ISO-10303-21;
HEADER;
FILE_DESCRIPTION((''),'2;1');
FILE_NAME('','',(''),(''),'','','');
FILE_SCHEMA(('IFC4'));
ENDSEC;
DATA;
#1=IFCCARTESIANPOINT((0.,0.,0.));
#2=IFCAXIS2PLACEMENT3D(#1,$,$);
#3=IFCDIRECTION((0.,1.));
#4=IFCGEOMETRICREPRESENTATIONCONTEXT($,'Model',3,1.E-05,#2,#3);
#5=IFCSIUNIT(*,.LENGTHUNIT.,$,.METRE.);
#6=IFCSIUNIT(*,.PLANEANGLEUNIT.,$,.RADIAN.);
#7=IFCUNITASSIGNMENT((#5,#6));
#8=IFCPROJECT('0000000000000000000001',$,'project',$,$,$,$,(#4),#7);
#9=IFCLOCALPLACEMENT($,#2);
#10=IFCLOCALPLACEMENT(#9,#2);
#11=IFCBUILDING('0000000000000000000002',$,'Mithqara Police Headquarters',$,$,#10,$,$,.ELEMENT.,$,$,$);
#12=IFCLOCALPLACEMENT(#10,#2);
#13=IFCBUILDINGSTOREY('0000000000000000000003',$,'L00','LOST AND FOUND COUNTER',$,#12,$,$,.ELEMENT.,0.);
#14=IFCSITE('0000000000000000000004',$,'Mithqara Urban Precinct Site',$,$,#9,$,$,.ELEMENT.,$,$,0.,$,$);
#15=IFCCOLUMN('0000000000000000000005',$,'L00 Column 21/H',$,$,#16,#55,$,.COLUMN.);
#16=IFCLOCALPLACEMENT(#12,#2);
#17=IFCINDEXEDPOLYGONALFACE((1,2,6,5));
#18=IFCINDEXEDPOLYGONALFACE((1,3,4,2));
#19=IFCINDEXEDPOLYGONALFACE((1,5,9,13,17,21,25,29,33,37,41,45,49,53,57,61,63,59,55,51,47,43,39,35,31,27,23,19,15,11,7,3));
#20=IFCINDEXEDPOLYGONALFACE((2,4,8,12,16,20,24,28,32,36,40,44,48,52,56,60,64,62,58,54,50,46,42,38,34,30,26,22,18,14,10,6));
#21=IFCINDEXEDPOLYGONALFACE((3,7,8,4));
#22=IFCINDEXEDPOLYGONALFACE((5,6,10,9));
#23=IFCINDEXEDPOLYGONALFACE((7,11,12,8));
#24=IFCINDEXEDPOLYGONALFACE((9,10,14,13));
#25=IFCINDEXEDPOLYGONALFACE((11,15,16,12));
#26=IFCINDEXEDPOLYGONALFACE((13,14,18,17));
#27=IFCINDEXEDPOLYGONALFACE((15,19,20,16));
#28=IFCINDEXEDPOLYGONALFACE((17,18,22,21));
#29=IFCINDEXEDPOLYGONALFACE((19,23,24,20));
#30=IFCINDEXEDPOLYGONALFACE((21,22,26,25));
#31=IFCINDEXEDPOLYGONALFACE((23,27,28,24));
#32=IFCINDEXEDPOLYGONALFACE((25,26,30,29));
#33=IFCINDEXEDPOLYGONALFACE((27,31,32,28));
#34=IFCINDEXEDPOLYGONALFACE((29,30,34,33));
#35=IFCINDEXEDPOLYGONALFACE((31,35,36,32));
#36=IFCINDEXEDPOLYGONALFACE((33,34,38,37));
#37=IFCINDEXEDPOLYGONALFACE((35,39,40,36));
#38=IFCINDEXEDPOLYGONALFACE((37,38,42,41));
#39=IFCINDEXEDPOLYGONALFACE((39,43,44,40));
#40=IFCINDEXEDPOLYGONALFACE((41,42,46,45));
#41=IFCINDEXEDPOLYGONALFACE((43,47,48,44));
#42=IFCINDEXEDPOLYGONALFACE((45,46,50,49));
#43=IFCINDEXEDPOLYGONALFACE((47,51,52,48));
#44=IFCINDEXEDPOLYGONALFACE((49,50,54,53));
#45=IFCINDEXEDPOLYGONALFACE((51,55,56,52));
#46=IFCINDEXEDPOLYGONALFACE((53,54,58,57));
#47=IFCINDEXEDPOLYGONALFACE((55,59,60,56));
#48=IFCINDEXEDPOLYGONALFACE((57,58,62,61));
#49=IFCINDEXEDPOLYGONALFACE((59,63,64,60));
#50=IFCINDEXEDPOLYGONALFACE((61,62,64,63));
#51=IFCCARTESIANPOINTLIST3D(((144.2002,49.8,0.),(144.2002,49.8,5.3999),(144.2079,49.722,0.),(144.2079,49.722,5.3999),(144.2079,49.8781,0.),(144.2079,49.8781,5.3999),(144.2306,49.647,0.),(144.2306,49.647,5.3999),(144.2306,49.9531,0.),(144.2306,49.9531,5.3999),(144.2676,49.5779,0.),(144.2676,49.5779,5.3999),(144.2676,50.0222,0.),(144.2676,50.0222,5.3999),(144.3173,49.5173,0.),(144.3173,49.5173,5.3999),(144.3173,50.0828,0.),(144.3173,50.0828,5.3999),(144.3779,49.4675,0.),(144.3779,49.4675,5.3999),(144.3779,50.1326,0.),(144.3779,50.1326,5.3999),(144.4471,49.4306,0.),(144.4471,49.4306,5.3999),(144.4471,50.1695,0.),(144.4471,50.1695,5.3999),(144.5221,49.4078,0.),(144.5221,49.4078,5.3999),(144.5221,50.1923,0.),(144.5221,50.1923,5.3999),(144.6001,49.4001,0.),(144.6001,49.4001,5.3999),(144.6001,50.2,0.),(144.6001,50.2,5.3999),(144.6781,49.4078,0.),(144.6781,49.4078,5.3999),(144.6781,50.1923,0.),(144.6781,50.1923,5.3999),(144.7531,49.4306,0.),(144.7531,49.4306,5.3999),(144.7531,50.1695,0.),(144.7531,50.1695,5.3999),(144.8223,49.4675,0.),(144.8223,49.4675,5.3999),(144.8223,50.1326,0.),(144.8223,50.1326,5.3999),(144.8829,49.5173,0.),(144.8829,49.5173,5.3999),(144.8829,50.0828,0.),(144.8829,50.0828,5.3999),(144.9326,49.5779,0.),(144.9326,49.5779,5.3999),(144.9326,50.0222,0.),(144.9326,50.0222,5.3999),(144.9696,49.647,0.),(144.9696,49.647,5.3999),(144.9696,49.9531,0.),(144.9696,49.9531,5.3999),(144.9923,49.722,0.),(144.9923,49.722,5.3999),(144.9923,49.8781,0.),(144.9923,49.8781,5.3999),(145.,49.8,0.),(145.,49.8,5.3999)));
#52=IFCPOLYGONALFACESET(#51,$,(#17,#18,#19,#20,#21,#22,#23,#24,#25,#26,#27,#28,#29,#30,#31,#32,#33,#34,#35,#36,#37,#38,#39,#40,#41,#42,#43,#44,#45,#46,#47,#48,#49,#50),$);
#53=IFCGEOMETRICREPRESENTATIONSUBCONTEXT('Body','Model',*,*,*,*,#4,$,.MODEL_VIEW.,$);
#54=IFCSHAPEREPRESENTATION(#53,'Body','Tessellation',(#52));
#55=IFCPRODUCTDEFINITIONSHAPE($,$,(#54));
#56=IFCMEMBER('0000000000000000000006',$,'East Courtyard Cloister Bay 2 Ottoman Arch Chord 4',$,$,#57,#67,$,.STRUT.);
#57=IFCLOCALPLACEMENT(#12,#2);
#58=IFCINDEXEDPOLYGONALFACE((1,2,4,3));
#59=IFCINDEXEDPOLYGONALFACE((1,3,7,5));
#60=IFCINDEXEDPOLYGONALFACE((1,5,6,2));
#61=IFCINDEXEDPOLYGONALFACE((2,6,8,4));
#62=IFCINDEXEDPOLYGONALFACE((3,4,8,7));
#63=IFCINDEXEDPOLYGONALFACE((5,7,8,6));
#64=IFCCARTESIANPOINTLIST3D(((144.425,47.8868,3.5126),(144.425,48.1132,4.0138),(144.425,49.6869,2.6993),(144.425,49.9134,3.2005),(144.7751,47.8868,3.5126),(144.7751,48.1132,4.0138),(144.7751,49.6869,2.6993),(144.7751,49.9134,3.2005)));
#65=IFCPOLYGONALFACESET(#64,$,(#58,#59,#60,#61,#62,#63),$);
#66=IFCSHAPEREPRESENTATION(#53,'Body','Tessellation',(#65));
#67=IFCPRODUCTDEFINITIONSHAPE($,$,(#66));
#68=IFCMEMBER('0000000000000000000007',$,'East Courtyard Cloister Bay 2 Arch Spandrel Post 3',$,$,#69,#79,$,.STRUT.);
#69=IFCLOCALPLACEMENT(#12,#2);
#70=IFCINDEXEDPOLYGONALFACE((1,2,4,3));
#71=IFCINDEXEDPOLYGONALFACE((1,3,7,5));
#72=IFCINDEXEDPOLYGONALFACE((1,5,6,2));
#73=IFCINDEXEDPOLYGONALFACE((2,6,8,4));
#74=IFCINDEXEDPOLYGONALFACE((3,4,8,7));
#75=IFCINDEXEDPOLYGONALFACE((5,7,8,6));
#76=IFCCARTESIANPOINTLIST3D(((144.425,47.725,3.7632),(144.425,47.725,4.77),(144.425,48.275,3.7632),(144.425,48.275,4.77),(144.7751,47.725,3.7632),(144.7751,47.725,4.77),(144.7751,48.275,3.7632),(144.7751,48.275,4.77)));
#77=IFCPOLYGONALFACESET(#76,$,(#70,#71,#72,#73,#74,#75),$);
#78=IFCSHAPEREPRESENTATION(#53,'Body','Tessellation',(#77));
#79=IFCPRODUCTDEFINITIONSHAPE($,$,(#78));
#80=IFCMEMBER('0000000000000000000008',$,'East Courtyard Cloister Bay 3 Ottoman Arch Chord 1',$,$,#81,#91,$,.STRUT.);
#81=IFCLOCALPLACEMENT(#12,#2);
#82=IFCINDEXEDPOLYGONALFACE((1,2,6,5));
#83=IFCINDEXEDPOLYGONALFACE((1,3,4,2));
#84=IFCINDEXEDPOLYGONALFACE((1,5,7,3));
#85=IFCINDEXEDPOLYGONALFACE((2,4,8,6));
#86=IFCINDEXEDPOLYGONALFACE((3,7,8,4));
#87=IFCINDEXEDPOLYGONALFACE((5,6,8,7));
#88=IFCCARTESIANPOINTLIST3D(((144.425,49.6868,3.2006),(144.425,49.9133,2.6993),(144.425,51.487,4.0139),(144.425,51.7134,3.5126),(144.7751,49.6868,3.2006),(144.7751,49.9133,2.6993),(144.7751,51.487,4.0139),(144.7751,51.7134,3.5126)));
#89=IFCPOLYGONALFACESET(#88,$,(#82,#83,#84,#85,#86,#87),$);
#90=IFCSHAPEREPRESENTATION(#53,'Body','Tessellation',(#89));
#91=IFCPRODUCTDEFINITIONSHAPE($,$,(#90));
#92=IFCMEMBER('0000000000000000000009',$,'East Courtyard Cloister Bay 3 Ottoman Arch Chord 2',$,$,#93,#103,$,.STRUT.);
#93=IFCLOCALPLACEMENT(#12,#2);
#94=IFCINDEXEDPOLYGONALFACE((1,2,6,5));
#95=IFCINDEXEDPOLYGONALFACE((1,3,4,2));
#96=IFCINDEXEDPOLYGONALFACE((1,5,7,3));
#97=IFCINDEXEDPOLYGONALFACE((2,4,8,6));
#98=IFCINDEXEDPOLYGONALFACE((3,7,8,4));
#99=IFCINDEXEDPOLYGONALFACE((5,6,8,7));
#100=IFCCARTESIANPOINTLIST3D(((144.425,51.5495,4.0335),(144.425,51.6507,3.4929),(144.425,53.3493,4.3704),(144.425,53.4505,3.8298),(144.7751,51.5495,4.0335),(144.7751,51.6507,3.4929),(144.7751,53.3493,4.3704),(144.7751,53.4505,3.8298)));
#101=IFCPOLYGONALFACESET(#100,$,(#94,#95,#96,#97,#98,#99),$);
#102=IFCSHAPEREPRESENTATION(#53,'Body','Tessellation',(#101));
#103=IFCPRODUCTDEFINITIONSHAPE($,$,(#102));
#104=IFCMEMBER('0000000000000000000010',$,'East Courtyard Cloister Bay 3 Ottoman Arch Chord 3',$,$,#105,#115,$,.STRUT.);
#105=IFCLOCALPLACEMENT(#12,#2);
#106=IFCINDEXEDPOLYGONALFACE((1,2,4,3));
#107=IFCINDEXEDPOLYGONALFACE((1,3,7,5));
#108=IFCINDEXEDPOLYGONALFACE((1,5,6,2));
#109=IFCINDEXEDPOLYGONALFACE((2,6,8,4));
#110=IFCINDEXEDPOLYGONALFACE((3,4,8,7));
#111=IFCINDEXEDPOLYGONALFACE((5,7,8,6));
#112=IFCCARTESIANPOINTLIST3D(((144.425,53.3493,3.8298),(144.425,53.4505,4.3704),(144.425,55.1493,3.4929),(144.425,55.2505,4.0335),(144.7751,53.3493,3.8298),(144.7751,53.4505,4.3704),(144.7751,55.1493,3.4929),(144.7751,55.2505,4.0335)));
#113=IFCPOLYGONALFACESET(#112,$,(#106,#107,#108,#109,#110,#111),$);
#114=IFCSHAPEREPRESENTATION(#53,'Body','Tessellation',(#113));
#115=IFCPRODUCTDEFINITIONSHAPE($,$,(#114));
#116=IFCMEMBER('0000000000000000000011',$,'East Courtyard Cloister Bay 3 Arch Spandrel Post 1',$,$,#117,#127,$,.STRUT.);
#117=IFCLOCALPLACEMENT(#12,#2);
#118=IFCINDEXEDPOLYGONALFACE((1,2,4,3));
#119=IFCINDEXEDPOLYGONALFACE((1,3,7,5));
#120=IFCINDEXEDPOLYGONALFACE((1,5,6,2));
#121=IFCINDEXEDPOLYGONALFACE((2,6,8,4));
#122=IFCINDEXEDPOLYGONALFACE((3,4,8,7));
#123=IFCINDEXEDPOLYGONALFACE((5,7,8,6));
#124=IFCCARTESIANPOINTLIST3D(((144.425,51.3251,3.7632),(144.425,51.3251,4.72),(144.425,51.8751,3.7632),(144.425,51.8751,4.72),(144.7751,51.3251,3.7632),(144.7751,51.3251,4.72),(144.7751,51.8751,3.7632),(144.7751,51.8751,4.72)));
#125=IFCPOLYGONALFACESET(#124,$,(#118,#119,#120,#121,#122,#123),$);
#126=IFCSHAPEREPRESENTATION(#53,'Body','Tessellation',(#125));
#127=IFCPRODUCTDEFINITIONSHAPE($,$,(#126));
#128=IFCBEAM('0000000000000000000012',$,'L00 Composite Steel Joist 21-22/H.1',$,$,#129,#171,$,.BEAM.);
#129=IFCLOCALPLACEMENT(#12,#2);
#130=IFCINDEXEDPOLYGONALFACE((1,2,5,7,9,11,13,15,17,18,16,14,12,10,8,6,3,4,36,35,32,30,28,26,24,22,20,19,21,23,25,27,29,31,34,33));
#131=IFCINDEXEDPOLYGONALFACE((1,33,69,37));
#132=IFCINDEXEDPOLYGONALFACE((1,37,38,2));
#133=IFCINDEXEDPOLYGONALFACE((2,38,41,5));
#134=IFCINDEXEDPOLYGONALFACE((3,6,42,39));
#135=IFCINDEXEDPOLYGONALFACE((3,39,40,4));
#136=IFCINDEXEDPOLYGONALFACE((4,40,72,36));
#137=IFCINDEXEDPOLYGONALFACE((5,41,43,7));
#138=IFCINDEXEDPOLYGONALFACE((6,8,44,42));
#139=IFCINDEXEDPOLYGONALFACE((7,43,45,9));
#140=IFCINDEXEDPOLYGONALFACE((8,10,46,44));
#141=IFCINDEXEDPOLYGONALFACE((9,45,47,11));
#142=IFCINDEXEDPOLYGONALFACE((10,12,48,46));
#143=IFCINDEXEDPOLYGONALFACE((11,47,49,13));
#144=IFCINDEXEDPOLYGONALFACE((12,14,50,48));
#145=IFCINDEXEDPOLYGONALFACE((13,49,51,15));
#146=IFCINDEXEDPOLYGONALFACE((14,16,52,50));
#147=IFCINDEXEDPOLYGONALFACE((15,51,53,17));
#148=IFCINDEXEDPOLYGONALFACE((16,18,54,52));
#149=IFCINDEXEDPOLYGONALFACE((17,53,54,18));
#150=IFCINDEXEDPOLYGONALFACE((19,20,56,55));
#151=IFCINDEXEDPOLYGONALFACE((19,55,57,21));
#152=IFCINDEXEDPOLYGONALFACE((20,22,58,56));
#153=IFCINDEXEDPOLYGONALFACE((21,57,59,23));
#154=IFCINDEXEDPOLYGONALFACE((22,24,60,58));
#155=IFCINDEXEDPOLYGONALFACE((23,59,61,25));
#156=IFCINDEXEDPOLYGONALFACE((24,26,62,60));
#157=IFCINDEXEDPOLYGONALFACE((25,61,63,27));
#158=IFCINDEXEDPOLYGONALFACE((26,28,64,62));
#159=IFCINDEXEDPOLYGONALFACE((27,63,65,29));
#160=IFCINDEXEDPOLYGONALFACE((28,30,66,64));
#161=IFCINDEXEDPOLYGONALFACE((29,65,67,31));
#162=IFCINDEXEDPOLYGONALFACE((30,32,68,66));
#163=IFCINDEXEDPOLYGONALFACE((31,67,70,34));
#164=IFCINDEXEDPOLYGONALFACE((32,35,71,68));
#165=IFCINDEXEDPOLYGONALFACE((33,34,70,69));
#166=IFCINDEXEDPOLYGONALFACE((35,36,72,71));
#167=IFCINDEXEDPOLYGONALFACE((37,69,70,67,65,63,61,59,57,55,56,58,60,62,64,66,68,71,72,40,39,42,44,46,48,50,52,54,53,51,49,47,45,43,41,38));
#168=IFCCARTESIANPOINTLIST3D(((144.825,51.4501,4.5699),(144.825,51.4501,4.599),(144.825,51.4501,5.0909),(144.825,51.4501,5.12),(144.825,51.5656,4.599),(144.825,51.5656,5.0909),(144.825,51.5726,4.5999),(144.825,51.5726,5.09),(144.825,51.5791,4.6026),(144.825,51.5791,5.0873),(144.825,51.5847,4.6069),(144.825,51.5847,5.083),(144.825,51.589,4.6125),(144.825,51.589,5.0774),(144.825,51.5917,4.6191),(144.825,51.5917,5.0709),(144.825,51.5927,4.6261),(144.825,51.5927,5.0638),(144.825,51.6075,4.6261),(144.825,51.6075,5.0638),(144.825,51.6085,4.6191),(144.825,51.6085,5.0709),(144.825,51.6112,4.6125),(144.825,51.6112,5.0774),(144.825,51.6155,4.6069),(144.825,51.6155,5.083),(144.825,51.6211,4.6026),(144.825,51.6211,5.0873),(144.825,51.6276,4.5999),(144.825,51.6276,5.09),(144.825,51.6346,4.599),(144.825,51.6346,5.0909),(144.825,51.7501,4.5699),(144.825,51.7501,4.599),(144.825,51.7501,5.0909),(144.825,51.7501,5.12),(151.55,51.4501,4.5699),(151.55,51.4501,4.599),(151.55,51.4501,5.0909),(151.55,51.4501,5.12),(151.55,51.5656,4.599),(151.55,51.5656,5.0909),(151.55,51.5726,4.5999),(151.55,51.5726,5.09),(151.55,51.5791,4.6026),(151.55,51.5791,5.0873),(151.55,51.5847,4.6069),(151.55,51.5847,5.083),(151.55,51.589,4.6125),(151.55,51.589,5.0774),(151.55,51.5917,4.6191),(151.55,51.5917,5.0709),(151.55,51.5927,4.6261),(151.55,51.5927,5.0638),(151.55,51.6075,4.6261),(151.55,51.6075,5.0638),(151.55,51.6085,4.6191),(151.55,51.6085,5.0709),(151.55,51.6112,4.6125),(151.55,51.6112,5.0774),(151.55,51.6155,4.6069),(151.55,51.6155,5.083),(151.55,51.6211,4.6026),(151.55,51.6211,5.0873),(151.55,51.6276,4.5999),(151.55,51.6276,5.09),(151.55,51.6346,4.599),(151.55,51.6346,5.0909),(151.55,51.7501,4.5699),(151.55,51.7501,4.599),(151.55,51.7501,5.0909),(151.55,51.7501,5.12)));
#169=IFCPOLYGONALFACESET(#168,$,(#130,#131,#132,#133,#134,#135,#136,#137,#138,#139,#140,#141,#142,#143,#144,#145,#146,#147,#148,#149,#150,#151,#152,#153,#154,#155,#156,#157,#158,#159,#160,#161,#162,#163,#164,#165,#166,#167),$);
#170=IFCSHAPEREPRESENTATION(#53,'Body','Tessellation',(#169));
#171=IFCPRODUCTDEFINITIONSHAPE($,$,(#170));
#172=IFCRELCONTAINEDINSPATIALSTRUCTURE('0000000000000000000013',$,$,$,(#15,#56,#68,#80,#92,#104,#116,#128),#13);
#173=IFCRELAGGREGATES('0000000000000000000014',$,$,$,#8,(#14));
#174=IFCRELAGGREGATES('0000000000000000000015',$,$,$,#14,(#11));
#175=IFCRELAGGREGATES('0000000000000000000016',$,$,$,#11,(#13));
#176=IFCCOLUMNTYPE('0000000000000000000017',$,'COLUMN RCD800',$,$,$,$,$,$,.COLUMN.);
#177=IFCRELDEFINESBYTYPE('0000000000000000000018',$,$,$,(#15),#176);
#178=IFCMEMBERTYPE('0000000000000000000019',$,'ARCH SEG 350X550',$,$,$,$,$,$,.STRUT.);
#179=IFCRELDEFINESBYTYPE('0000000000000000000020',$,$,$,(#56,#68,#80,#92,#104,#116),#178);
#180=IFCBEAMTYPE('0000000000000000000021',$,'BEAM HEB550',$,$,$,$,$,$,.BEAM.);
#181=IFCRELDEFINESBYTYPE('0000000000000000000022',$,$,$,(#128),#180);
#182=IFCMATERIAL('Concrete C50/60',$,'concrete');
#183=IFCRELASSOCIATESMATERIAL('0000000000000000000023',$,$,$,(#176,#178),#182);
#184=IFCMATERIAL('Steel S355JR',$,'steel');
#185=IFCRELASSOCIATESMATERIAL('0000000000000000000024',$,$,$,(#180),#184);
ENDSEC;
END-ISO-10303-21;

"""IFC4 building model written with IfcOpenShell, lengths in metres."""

from ifc_helpers import new_model, si_unit, direction, frame, origin, origin_2d, place, context, subcontext, project, spatial, rectangle, circle, i_section, extrude, material, material_profile, profile_set, type_object, element, save


model = new_model("IFC4")

# Units and contexts
model_context = context("Model", 3, precision=1e-05, world=origin(), true_north=direction((0.0, 1.0)))
body_context = subcontext(model_context, "Body", "Model", "MODEL_VIEW")
ifc_project = project(units=[si_unit("LENGTHUNIT", "METRE"), si_unit("PLANEANGLEUNIT", "RADIAN")], contexts=[model_context])

# Site, building, storey
site_placement = place(None, origin())
site = spatial("IfcSite", under=ifc_project, at=site_placement, Name="Mithqara Urban Precinct Site", CompositionType="ELEMENT", RefElevation=0.0)
building_placement = place(site_placement, origin())
building = spatial("IfcBuilding", under=site, at=building_placement, Name="Mithqara Police Headquarters", CompositionType="ELEMENT")
storey_placement = place(building_placement, origin())
storey = spatial("IfcBuildingStorey", under=building, at=storey_placement, Name="L00", Description="LOST AND FOUND COUNTER", CompositionType="ELEMENT", Elevation=0.0)

# Column
ifc_material_1 = material(Name="Concrete C50/60", Category="concrete")
ifc_material_profile_1 = material_profile(ifc_material_1, circle(Radius=0.3999, at=origin_2d()), Name="RCD 800")
ifc_profile_set_1 = profile_set([ifc_material_profile_1], Name="Concrete C50/60")
column_type = type_object("IfcColumnType", Name="COLUMN RCD800", PredefinedType="COLUMN", material=ifc_profile_set_1)
column_placement = place(storey_placement, frame((144.6001, 49.8, 0.0), z_axis=(0.0, 0.0, 1.0), x_axis=(1.0, 0.0, 0.0)))
element("IfcColumn", 1, at=column_placement, inside=storey, type_object=column_type, Name="L00 Column 21/H", PredefinedType="COLUMN", context=body_context, shape_type="SweptSolid", body=[
    extrude(circle(Radius=0.3999, at=origin_2d()), origin(), (0.0, 0.0, 1.0), 5.3999),
])

# Members
ifc_material_profile_2 = material_profile(ifc_material_1, rectangle(XDim=0.3501, YDim=0.55, at=origin_2d()), Name="ARC 350x550")
ifc_profile_set_2 = profile_set([ifc_material_profile_2], Name="Concrete C50/60")
member_type = type_object("IfcMemberType", Name="ARCH SEG 350X550", PredefinedType="STRUT", material=ifc_profile_set_2)
member_1_placement = place(storey_placement, frame((144.6001, 48.0, 3.7632), z_axis=(0.0, 0.911312, -0.411716), x_axis=(-1.0, 0.0, 0.0)))
element("IfcMember", 2, at=member_1_placement, inside=storey, type_object=member_type, Name="East Courtyard Cloister Bay 2 Ottoman Arch Chord 4", PredefinedType="STRUT", context=body_context, shape_type="SweptSolid", body=[
    extrude(rectangle(XDim=0.3501, YDim=0.55, at=origin_2d()), origin(), (0.0, 0.0, 1.0), 1.9753),
])
member_2_placement = place(storey_placement, frame((144.6001, 48.0, 3.7632), z_axis=(0.0, 0.0, 1.0), x_axis=(1.0, 0.0, 0.0)))
element("IfcMember", 3, at=member_2_placement, inside=storey, type_object=member_type, Name="East Courtyard Cloister Bay 2 Arch Spandrel Post 3", PredefinedType="STRUT", context=body_context, shape_type="SweptSolid", body=[
    extrude(rectangle(XDim=0.3501, YDim=0.55, at=origin_2d()), origin(), (0.0, 0.0, 1.0), 1.0068),
])
member_3_placement = place(storey_placement, frame((144.6001, 49.8, 2.95), z_axis=(0.0, 0.911312, 0.411716), x_axis=(-1.0, 0.0, 0.0)))
element("IfcMember", 4, at=member_3_placement, inside=storey, type_object=member_type, Name="East Courtyard Cloister Bay 3 Ottoman Arch Chord 1", PredefinedType="STRUT", context=body_context, shape_type="SweptSolid", body=[
    extrude(rectangle(XDim=0.3501, YDim=0.55, at=origin_2d()), origin(), (0.0, 0.0, 1.0), 1.9753),
])
member_4_placement = place(storey_placement, frame((144.6001, 51.6001, 3.7632), z_axis=(0.0, 0.982926, 0.183999), x_axis=(-1.0, 0.0, 0.0)))
element("IfcMember", 5, at=member_4_placement, inside=storey, type_object=member_type, Name="East Courtyard Cloister Bay 3 Ottoman Arch Chord 2", PredefinedType="STRUT", context=body_context, shape_type="SweptSolid", body=[
    extrude(rectangle(XDim=0.3501, YDim=0.55, at=origin_2d()), origin(), (0.0, 0.0, 1.0), 1.8311),
])
member_5_placement = place(storey_placement, frame((144.6001, 53.3999, 4.1001), z_axis=(0.0, 0.982931, -0.183975), x_axis=(-1.0, 0.0, 0.0)))
element("IfcMember", 6, at=member_5_placement, inside=storey, type_object=member_type, Name="East Courtyard Cloister Bay 3 Ottoman Arch Chord 3", PredefinedType="STRUT", context=body_context, shape_type="SweptSolid", body=[
    extrude(rectangle(XDim=0.3501, YDim=0.55, at=origin_2d()), origin(), (0.0, 0.0, 1.0), 1.8313),
])
member_6_placement = place(storey_placement, frame((144.6001, 51.6001, 3.7632), z_axis=(0.0, 0.0, 1.0), x_axis=(1.0, 0.0, 0.0)))
element("IfcMember", 7, at=member_6_placement, inside=storey, type_object=member_type, Name="East Courtyard Cloister Bay 3 Arch Spandrel Post 1", PredefinedType="STRUT", context=body_context, shape_type="SweptSolid", body=[
    extrude(rectangle(XDim=0.3501, YDim=0.55, at=origin_2d()), origin(), (0.0, 0.0, 1.0), 0.9568),
])

# Beam
ifc_material_2 = material(Name="Steel S355JR", Category="steel")
ifc_material_profile_3 = material_profile(ifc_material_2, i_section(OverallWidth=0.3, OverallDepth=0.55, WebThickness=0.0149, FlangeThickness=0.0291, FilletRadius=0.0271, at=origin_2d()), Name="HEB 550")
ifc_profile_set_3 = profile_set([ifc_material_profile_3], Name="Steel S355JR")
beam_type_1 = type_object("IfcBeamType", Name="BEAM HEB550", PredefinedType="BEAM", material=ifc_profile_set_3)
beam_1_placement = place(storey_placement, frame((144.825, 51.6001, 4.845), z_axis=(1.0, 0.0, 0.0), x_axis=(0.0, 1.0, 0.0)))
element("IfcBeam", 8, at=beam_1_placement, inside=storey, type_object=beam_type_1, Name="L00 Composite Steel Joist 21-22/H.1", PredefinedType="BEAM", context=body_context, shape_type="SweptSolid", body=[
    extrude(i_section(OverallWidth=0.3, OverallDepth=0.55, WebThickness=0.0149, FlangeThickness=0.0291, FilletRadius=0.0271, at=origin_2d()), origin(), (0.0, 0.0, 1.0), 6.7251),
])

save(model, "model.ifc")
